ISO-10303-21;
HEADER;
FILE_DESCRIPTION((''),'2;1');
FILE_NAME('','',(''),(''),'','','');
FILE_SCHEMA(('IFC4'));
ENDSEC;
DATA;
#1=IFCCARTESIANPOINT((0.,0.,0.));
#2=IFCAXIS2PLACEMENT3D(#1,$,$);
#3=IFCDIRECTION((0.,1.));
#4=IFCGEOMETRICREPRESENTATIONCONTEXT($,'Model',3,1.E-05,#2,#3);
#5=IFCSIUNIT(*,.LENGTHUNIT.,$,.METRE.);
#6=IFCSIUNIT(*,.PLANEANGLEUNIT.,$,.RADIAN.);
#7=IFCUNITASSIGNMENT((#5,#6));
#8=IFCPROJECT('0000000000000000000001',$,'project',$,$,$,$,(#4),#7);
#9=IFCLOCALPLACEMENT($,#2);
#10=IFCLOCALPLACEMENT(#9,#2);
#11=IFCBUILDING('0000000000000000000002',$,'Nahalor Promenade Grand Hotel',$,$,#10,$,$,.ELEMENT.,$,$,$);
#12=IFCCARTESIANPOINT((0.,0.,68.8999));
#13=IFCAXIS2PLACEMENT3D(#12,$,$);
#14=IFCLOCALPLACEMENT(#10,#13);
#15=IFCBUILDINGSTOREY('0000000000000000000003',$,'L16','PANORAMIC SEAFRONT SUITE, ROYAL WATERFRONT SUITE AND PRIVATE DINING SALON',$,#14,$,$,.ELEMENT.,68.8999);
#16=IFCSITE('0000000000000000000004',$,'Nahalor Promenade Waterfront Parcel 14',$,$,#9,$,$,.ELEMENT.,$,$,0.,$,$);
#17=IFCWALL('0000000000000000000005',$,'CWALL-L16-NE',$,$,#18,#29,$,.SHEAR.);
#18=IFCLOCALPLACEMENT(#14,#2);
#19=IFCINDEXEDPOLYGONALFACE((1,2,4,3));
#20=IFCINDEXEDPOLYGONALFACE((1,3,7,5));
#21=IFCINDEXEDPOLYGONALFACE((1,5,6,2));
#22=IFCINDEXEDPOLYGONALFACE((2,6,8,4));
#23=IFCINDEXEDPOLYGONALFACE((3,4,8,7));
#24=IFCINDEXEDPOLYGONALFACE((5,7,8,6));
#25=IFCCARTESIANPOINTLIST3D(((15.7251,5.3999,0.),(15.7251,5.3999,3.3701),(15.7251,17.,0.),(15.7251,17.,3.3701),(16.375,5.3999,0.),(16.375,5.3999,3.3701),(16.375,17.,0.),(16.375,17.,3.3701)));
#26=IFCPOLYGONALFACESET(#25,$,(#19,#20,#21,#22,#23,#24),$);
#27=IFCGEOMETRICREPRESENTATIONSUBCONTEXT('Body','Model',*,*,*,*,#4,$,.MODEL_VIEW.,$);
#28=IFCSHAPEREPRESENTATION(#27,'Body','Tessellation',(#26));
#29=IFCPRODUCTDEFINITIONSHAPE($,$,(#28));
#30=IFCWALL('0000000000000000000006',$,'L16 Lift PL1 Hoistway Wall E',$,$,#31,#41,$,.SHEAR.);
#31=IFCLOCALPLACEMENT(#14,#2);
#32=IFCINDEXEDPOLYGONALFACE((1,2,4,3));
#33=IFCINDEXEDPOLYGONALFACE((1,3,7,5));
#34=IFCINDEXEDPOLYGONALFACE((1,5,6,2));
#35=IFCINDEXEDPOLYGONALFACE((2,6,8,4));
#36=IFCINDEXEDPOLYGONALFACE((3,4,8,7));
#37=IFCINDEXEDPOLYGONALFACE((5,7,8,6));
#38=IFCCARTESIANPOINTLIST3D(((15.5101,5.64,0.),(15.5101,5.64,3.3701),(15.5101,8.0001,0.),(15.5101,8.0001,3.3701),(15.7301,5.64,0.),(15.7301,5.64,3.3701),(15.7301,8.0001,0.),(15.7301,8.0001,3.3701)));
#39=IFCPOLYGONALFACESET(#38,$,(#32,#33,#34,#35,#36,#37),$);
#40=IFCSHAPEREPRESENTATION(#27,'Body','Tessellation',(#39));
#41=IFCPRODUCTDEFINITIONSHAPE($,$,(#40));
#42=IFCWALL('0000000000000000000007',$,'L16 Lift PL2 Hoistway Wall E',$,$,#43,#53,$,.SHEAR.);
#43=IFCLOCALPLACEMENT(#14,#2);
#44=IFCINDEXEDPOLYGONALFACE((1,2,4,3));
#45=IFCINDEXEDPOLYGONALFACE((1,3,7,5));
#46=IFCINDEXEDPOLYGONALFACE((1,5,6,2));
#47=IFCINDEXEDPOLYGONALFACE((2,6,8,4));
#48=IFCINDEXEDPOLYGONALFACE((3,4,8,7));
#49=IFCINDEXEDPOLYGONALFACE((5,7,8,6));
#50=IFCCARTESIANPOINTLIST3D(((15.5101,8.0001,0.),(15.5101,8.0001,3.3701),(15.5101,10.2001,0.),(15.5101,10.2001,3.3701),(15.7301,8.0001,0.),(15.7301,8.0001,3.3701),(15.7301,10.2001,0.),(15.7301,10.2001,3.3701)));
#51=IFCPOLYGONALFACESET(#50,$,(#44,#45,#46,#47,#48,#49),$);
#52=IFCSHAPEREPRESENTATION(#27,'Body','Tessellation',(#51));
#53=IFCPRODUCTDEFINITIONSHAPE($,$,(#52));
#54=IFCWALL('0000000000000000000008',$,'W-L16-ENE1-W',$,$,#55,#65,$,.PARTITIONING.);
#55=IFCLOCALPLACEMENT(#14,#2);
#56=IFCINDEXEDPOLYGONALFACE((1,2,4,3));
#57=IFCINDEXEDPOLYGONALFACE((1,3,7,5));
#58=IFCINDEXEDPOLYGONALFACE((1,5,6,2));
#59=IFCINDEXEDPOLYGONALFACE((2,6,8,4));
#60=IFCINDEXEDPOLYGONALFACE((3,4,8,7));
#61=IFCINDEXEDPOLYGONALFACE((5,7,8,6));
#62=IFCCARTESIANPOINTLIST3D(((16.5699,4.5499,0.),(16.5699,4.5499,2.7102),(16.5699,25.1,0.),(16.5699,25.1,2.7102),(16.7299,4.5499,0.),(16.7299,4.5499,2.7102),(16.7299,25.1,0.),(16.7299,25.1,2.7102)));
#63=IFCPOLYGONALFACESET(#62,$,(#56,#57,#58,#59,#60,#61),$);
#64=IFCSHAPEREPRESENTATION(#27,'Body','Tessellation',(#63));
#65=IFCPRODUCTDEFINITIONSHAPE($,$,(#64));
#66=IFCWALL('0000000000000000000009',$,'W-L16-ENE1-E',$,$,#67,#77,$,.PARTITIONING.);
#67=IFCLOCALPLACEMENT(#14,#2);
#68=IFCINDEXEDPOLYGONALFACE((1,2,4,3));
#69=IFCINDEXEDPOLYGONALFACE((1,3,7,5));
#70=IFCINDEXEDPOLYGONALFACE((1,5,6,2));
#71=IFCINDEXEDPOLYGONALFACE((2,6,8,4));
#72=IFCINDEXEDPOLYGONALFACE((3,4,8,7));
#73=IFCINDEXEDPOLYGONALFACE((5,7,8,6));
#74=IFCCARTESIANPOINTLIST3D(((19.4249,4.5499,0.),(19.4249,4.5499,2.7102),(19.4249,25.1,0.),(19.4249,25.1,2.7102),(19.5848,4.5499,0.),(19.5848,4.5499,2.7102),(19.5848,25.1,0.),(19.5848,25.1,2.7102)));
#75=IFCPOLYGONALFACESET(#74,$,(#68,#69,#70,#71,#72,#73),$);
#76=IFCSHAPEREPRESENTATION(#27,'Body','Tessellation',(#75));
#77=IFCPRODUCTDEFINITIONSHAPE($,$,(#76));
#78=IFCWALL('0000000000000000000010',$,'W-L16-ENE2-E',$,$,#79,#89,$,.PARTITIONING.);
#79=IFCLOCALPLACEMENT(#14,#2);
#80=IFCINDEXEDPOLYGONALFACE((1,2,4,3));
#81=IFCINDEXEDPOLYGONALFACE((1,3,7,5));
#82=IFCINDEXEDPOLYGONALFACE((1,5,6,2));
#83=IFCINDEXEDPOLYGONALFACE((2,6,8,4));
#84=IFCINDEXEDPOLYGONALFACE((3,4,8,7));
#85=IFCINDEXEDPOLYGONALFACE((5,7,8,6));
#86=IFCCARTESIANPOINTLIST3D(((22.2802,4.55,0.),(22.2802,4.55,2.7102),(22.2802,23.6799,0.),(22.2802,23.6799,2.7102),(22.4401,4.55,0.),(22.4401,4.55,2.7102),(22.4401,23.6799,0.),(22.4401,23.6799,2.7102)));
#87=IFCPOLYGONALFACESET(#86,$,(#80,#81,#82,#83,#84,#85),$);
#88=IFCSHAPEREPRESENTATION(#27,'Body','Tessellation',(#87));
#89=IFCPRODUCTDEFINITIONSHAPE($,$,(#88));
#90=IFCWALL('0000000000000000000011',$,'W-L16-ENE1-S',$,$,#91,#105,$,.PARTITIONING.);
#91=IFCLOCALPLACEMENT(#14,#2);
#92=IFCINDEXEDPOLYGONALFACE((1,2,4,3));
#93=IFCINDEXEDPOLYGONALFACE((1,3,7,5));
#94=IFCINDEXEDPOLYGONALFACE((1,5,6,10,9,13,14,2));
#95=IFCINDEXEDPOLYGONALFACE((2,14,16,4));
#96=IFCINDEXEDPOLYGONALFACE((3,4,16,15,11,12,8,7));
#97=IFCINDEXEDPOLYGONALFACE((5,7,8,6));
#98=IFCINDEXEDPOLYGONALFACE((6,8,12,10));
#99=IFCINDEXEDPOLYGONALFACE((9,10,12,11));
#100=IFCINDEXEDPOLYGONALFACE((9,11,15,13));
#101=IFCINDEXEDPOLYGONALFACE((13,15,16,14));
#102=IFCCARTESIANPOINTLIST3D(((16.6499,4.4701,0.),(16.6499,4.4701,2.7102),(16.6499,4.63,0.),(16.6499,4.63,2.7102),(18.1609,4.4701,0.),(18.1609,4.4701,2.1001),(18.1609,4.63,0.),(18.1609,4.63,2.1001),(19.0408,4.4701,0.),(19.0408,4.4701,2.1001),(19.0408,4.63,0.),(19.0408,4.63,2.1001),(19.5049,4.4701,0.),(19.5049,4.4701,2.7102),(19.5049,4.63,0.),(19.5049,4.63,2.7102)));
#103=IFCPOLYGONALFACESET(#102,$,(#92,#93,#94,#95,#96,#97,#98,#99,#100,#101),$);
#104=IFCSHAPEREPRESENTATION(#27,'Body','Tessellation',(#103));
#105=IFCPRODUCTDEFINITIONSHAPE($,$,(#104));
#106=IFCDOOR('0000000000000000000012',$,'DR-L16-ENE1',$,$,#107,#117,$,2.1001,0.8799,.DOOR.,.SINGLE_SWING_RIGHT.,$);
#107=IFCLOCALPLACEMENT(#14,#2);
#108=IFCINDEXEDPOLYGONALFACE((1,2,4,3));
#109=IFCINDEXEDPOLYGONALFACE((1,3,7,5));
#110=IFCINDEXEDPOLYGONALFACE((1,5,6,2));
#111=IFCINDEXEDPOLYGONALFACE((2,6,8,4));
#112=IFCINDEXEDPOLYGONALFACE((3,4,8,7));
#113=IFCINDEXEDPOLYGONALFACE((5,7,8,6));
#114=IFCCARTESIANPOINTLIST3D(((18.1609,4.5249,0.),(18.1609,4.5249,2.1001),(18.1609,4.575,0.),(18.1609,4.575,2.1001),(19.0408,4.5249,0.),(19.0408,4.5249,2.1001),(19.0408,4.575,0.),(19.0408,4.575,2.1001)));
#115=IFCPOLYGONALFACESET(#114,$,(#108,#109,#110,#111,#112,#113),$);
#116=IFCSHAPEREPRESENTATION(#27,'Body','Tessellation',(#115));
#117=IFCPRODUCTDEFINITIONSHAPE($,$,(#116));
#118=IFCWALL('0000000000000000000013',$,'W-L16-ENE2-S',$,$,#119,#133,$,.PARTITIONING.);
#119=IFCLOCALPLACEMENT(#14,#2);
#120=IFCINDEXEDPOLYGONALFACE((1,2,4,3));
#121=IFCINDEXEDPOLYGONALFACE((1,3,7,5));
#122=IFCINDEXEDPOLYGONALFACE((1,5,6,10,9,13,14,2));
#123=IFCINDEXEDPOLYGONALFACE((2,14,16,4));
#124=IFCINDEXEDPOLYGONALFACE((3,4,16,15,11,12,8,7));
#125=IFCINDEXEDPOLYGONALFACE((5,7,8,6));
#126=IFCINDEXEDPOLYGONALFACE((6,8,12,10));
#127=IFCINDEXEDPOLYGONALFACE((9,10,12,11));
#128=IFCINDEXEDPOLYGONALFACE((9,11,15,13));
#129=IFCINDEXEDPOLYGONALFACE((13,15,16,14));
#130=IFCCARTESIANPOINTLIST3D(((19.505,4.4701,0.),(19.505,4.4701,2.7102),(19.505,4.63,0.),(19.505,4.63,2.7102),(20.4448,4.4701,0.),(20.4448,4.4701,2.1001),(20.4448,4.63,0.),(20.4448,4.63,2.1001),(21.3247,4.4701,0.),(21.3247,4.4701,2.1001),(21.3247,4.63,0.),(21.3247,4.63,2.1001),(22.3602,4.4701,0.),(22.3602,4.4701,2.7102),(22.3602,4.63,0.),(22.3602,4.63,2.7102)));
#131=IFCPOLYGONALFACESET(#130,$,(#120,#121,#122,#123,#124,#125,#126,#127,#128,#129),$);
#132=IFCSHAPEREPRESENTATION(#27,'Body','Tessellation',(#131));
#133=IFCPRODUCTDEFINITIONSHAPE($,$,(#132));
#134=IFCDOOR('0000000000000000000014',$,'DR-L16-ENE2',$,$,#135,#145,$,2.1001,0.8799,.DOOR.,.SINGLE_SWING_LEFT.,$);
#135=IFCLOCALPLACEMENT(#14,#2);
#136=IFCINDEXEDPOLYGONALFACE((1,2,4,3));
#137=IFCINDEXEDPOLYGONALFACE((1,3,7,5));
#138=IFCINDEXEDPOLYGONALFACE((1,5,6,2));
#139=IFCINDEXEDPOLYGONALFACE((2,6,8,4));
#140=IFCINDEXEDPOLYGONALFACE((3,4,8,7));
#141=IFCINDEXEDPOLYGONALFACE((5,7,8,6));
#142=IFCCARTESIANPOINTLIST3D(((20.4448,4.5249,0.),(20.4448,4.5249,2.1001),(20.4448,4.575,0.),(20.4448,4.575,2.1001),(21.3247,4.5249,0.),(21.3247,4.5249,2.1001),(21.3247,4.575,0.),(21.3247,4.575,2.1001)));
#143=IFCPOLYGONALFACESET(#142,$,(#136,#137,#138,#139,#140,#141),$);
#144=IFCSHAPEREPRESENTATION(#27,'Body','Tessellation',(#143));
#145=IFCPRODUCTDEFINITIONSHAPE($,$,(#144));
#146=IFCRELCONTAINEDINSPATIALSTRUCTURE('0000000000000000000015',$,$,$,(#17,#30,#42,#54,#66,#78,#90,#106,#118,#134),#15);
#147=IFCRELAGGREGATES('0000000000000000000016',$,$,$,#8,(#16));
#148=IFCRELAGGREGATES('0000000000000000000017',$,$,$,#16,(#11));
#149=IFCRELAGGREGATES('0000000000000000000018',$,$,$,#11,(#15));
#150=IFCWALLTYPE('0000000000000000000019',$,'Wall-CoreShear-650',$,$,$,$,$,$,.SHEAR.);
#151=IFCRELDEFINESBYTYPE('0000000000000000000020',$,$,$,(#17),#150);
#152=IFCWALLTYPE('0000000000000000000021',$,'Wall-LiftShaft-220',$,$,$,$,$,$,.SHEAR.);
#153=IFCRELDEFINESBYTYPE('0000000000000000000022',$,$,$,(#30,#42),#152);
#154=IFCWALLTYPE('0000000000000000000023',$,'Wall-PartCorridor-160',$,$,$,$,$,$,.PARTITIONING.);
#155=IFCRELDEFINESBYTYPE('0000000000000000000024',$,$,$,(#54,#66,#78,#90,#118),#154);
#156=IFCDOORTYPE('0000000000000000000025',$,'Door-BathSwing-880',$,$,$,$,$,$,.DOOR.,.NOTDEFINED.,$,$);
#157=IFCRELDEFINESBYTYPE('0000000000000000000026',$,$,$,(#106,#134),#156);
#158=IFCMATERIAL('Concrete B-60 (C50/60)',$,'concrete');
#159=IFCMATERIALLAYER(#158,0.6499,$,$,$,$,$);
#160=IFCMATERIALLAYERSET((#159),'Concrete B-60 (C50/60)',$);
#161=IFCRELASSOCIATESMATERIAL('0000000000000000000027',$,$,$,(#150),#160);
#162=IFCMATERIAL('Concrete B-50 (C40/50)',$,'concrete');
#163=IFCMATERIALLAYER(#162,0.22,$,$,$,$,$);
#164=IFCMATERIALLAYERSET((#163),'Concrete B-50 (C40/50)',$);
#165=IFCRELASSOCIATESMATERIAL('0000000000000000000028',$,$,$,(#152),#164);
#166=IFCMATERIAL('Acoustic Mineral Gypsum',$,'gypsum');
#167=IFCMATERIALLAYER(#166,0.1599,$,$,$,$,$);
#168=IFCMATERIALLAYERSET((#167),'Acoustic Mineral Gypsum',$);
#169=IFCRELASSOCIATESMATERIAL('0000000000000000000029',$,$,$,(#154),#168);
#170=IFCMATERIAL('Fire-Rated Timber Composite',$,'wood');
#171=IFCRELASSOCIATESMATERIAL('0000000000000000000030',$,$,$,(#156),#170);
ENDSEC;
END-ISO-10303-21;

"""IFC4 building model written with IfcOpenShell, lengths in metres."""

from ifc_helpers import new_model, si_unit, direction, frame, frame_2d, origin, place, context, subcontext, project, spatial, rectangle, extrude, source, transform, mapped, material, layer, layer_set, type_object, element, fill, save


model = new_model("IFC4")

# Units and contexts
model_context = context("Model", 3, precision=1e-05, world=origin(), true_north=direction((0.0, 1.0)))
body_context = subcontext(model_context, "Body", "Model", "MODEL_VIEW")
ifc_project = project(units=[si_unit("LENGTHUNIT", "METRE"), si_unit("PLANEANGLEUNIT", "RADIAN")], contexts=[model_context])

# Site, building, storey
site_placement = place(None, origin())
site = spatial("IfcSite", under=ifc_project, at=site_placement, Name="Nahalor Promenade Waterfront Parcel 14", CompositionType="ELEMENT", RefElevation=0.0)
building_placement = place(site_placement, origin())
building = spatial("IfcBuilding", under=site, at=building_placement, Name="Nahalor Promenade Grand Hotel", CompositionType="ELEMENT")
storey_placement = place(building_placement, frame((0.0, 0.0, 68.8999)))
storey = spatial("IfcBuildingStorey", under=building, at=storey_placement, Name="L16", Description="PANORAMIC SEAFRONT SUITE, ROYAL WATERFRONT SUITE AND PRIVATE DINING SALON", CompositionType="ELEMENT", Elevation=68.8999)

# Walls
ifc_material_1 = material(Name="Concrete B-60 (C50/60)", Category="concrete")
ifc_layer_1 = layer(ifc_material_1, 0.6499)
ifc_layer_set_1 = layer_set([ifc_layer_1], Name="Concrete B-60 (C50/60)")
wall_type_1 = type_object("IfcWallType", Name="Wall-CoreShear-650", PredefinedType="SHEAR", material=ifc_layer_set_1)
shared_shape_1 = source(origin(), body_context, "Body", "SweptSolid", [
    extrude(rectangle(XDim=11.6001, YDim=0.6499, at=frame_2d((5.8, 0.0))), origin(), (0.0, 0.0, 1.0), 3.3701),
])
wall_1_placement = place(storey_placement, frame((16.05, 5.3999, 0.0), z_axis=(0.0, 0.0, 1.0), x_axis=(0.0, 1.0, 0.0)))
element("IfcWall", 1, at=wall_1_placement, inside=storey, type_object=wall_type_1, Name="CWALL-L16-NE", PredefinedType="SHEAR", context=body_context, shape_type="MappedRepresentation", body=[
    mapped(shared_shape_1, transform((0.0, 0.0, 0.0), scale=1.0)),
])
ifc_material_2 = material(Name="Concrete B-50 (C40/50)", Category="concrete")
ifc_layer_2 = layer(ifc_material_2, 0.22)
ifc_layer_set_2 = layer_set([ifc_layer_2], Name="Concrete B-50 (C40/50)")
wall_type_2 = type_object("IfcWallType", Name="Wall-LiftShaft-220", PredefinedType="SHEAR", material=ifc_layer_set_2)
shared_shape_2 = source(origin(), body_context, "Body", "SweptSolid", [
    extrude(rectangle(XDim=2.3601, YDim=0.22, at=frame_2d((1.1802, 0.0))), origin(), (0.0, 0.0, 1.0), 3.3701),
])
wall_2_placement = place(storey_placement, frame((15.6201, 5.6399, 0.0), z_axis=(0.0, 0.0, 1.0), x_axis=(0.0, 1.0, 0.0)))
element("IfcWall", 2, at=wall_2_placement, inside=storey, type_object=wall_type_2, Name="L16 Lift PL1 Hoistway Wall E", PredefinedType="SHEAR", context=body_context, shape_type="MappedRepresentation", body=[
    mapped(shared_shape_2, transform((0.0, 0.0, 0.0), scale=1.0)),
])
shared_shape_3 = source(origin(), body_context, "Body", "SweptSolid", [
    extrude(rectangle(XDim=2.2, YDim=0.22, at=frame_2d((1.1001, 0.0))), origin(), (0.0, 0.0, 1.0), 3.3701),
])
wall_3_placement = place(storey_placement, frame((15.6201, 8.0, 0.0), z_axis=(0.0, 0.0, 1.0), x_axis=(0.0, 1.0, 0.0)))
element("IfcWall", 3, at=wall_3_placement, inside=storey, type_object=wall_type_2, Name="L16 Lift PL2 Hoistway Wall E", PredefinedType="SHEAR", context=body_context, shape_type="MappedRepresentation", body=[
    mapped(shared_shape_3, transform((0.0, 0.0, 0.0), scale=1.0)),
])
ifc_material_3 = material(Name="Acoustic Mineral Gypsum", Category="gypsum")
ifc_layer_3 = layer(ifc_material_3, 0.1599)
ifc_layer_set_3 = layer_set([ifc_layer_3], Name="Acoustic Mineral Gypsum")
wall_type_3 = type_object("IfcWallType", Name="Wall-PartCorridor-160", PredefinedType="PARTITIONING", material=ifc_layer_set_3)
shared_shape_4 = source(origin(), body_context, "Body", "SweptSolid", [
    extrude(rectangle(XDim=20.55, YDim=0.1599, at=frame_2d((10.2749, 0.0))), origin(), (0.0, 0.0, 1.0), 2.7102),
])
for number, where, z_axis, x_axis, name in (
    (4, (16.6499, 4.55, 0.0), (0.0, 0.0, 1.0), (0.0, 1.0, 0.0), "W-L16-ENE1-W"),
    (5, (19.5049, 4.55, 0.0), (0.0, 0.0, 1.0), (0.0, 1.0, 0.0), "W-L16-ENE1-E"),
):
    element("IfcWall", number, at=place(storey_placement, frame(where, z_axis=z_axis, x_axis=x_axis)), inside=storey, type_object=wall_type_3, Name=name, PredefinedType="PARTITIONING", context=body_context, shape_type="MappedRepresentation", body=[
        mapped(shared_shape_4, transform((0.0, 0.0, 0.0), scale=1.0)),
    ])
shared_shape_5 = source(origin(), body_context, "Body", "SweptSolid", [
    extrude(rectangle(XDim=19.1299, YDim=0.1599, at=frame_2d((9.5649, 0.0))), origin(), (0.0, 0.0, 1.0), 2.7102),
])
wall_4_placement = place(storey_placement, frame((22.3601, 4.55, 0.0), z_axis=(0.0, 0.0, 1.0), x_axis=(0.0, 1.0, 0.0)))
element("IfcWall", 6, at=wall_4_placement, inside=storey, type_object=wall_type_3, Name="W-L16-ENE2-E", PredefinedType="PARTITIONING", context=body_context, shape_type="MappedRepresentation", body=[
    mapped(shared_shape_5, transform((0.0, 0.0, 0.0), scale=1.0)),
])

# Walls, openings, doors
shared_shape_6 = source(origin(), body_context, "Body", "SweptSolid", [
    extrude(rectangle(XDim=2.855, YDim=0.1599, at=frame_2d((1.4275, 0.0))), origin(), (0.0, 0.0, 1.0), 2.7102),
])
wall_5_placement = place(storey_placement, frame((16.6499, 4.55, 0.0), z_axis=(0.0, 0.0, 1.0), x_axis=(1.0, 0.0, 0.0)))
wall_5 = element("IfcWall", 7, at=wall_5_placement, inside=storey, type_object=wall_type_3, Name="W-L16-ENE1-S", PredefinedType="PARTITIONING", context=body_context, shape_type="MappedRepresentation", body=[
    mapped(shared_shape_6, transform((0.0, 0.0, 0.0), scale=1.0)),
])
opening_1_placement = place(wall_5_placement, frame((1.511, 0.0, 0.0)))
opening_1 = element("IfcOpeningElement", 8, at=opening_1_placement, cuts=wall_5, PredefinedType="OPENING", context=body_context, shape_type="SweptSolid", body=[
    extrude(rectangle(XDim=0.8799, YDim=2.1001, at=frame_2d((0.4399, 1.05))), frame((0.0, 0.0898, 0.0), z_axis=(0.0, -1.0, 0.0), x_axis=(1.0, 0.0, 0.0)), (0.0, 0.0, 1.0), 0.1799),
])
ifc_material_4 = material(Name="Fire-Rated Timber Composite", Category="wood")
door_type = type_object("IfcDoorType", Name="Door-BathSwing-880", OperationType="NOTDEFINED", PredefinedType="DOOR", material=ifc_material_4)
shared_shape_7 = source(origin(), body_context, "Body", "SweptSolid", [
    extrude(rectangle(XDim=0.8799, YDim=2.1001, at=frame_2d((0.4399, 1.05))), frame((0.0, 0.0249, 0.0), z_axis=(0.0, -1.0, 0.0), x_axis=(1.0, 0.0, 0.0)), (0.0, 0.0, 1.0), 0.05),
])
door_1_placement = place(opening_1_placement, origin())
door_1 = element("IfcDoor", 9, at=door_1_placement, inside=storey, type_object=door_type, Name="DR-L16-ENE1", OperationType="SINGLE_SWING_RIGHT", OverallHeight=2.1001, OverallWidth=0.8799, PredefinedType="DOOR", context=body_context, shape_type="MappedRepresentation", body=[
    mapped(shared_shape_7, transform((0.0, 0.0, 0.0), scale=1.0)),
])
fill(opening_1, door_1)
shared_shape_8 = source(origin(), body_context, "Body", "SweptSolid", [
    extrude(rectangle(XDim=2.8552, YDim=0.1599, at=frame_2d((1.4277, 0.0))), origin(), (0.0, 0.0, 1.0), 2.7102),
])
wall_6_placement = place(storey_placement, frame((19.5049, 4.55, 0.0), z_axis=(0.0, 0.0, 1.0), x_axis=(1.0, 0.0, 0.0)))
wall_6 = element("IfcWall", 10, at=wall_6_placement, inside=storey, type_object=wall_type_3, Name="W-L16-ENE2-S", PredefinedType="PARTITIONING", context=body_context, shape_type="MappedRepresentation", body=[
    mapped(shared_shape_8, transform((0.0, 0.0, 0.0), scale=1.0)),
])
opening_2_placement = place(wall_6_placement, frame((0.9399, 0.0, 0.0)))
opening_2 = element("IfcOpeningElement", 11, at=opening_2_placement, cuts=wall_6, PredefinedType="OPENING", context=body_context, shape_type="SweptSolid", body=[
    extrude(rectangle(XDim=0.8799, YDim=2.1001, at=frame_2d((0.4399, 1.05))), frame((0.0, 0.0898, 0.0), z_axis=(0.0, -1.0, 0.0), x_axis=(1.0, 0.0, 0.0)), (0.0, 0.0, 1.0), 0.1799),
])
door_2_placement = place(opening_2_placement, origin())
door_2 = element("IfcDoor", 12, at=door_2_placement, inside=storey, type_object=door_type, Name="DR-L16-ENE2", OperationType="SINGLE_SWING_LEFT", OverallHeight=2.1001, OverallWidth=0.8799, PredefinedType="DOOR", context=body_context, shape_type="MappedRepresentation", body=[
    mapped(shared_shape_7, transform((0.0, 0.0, 0.0), scale=1.0)),
])
fill(opening_2, door_2)

save(model, "model.ifc")
